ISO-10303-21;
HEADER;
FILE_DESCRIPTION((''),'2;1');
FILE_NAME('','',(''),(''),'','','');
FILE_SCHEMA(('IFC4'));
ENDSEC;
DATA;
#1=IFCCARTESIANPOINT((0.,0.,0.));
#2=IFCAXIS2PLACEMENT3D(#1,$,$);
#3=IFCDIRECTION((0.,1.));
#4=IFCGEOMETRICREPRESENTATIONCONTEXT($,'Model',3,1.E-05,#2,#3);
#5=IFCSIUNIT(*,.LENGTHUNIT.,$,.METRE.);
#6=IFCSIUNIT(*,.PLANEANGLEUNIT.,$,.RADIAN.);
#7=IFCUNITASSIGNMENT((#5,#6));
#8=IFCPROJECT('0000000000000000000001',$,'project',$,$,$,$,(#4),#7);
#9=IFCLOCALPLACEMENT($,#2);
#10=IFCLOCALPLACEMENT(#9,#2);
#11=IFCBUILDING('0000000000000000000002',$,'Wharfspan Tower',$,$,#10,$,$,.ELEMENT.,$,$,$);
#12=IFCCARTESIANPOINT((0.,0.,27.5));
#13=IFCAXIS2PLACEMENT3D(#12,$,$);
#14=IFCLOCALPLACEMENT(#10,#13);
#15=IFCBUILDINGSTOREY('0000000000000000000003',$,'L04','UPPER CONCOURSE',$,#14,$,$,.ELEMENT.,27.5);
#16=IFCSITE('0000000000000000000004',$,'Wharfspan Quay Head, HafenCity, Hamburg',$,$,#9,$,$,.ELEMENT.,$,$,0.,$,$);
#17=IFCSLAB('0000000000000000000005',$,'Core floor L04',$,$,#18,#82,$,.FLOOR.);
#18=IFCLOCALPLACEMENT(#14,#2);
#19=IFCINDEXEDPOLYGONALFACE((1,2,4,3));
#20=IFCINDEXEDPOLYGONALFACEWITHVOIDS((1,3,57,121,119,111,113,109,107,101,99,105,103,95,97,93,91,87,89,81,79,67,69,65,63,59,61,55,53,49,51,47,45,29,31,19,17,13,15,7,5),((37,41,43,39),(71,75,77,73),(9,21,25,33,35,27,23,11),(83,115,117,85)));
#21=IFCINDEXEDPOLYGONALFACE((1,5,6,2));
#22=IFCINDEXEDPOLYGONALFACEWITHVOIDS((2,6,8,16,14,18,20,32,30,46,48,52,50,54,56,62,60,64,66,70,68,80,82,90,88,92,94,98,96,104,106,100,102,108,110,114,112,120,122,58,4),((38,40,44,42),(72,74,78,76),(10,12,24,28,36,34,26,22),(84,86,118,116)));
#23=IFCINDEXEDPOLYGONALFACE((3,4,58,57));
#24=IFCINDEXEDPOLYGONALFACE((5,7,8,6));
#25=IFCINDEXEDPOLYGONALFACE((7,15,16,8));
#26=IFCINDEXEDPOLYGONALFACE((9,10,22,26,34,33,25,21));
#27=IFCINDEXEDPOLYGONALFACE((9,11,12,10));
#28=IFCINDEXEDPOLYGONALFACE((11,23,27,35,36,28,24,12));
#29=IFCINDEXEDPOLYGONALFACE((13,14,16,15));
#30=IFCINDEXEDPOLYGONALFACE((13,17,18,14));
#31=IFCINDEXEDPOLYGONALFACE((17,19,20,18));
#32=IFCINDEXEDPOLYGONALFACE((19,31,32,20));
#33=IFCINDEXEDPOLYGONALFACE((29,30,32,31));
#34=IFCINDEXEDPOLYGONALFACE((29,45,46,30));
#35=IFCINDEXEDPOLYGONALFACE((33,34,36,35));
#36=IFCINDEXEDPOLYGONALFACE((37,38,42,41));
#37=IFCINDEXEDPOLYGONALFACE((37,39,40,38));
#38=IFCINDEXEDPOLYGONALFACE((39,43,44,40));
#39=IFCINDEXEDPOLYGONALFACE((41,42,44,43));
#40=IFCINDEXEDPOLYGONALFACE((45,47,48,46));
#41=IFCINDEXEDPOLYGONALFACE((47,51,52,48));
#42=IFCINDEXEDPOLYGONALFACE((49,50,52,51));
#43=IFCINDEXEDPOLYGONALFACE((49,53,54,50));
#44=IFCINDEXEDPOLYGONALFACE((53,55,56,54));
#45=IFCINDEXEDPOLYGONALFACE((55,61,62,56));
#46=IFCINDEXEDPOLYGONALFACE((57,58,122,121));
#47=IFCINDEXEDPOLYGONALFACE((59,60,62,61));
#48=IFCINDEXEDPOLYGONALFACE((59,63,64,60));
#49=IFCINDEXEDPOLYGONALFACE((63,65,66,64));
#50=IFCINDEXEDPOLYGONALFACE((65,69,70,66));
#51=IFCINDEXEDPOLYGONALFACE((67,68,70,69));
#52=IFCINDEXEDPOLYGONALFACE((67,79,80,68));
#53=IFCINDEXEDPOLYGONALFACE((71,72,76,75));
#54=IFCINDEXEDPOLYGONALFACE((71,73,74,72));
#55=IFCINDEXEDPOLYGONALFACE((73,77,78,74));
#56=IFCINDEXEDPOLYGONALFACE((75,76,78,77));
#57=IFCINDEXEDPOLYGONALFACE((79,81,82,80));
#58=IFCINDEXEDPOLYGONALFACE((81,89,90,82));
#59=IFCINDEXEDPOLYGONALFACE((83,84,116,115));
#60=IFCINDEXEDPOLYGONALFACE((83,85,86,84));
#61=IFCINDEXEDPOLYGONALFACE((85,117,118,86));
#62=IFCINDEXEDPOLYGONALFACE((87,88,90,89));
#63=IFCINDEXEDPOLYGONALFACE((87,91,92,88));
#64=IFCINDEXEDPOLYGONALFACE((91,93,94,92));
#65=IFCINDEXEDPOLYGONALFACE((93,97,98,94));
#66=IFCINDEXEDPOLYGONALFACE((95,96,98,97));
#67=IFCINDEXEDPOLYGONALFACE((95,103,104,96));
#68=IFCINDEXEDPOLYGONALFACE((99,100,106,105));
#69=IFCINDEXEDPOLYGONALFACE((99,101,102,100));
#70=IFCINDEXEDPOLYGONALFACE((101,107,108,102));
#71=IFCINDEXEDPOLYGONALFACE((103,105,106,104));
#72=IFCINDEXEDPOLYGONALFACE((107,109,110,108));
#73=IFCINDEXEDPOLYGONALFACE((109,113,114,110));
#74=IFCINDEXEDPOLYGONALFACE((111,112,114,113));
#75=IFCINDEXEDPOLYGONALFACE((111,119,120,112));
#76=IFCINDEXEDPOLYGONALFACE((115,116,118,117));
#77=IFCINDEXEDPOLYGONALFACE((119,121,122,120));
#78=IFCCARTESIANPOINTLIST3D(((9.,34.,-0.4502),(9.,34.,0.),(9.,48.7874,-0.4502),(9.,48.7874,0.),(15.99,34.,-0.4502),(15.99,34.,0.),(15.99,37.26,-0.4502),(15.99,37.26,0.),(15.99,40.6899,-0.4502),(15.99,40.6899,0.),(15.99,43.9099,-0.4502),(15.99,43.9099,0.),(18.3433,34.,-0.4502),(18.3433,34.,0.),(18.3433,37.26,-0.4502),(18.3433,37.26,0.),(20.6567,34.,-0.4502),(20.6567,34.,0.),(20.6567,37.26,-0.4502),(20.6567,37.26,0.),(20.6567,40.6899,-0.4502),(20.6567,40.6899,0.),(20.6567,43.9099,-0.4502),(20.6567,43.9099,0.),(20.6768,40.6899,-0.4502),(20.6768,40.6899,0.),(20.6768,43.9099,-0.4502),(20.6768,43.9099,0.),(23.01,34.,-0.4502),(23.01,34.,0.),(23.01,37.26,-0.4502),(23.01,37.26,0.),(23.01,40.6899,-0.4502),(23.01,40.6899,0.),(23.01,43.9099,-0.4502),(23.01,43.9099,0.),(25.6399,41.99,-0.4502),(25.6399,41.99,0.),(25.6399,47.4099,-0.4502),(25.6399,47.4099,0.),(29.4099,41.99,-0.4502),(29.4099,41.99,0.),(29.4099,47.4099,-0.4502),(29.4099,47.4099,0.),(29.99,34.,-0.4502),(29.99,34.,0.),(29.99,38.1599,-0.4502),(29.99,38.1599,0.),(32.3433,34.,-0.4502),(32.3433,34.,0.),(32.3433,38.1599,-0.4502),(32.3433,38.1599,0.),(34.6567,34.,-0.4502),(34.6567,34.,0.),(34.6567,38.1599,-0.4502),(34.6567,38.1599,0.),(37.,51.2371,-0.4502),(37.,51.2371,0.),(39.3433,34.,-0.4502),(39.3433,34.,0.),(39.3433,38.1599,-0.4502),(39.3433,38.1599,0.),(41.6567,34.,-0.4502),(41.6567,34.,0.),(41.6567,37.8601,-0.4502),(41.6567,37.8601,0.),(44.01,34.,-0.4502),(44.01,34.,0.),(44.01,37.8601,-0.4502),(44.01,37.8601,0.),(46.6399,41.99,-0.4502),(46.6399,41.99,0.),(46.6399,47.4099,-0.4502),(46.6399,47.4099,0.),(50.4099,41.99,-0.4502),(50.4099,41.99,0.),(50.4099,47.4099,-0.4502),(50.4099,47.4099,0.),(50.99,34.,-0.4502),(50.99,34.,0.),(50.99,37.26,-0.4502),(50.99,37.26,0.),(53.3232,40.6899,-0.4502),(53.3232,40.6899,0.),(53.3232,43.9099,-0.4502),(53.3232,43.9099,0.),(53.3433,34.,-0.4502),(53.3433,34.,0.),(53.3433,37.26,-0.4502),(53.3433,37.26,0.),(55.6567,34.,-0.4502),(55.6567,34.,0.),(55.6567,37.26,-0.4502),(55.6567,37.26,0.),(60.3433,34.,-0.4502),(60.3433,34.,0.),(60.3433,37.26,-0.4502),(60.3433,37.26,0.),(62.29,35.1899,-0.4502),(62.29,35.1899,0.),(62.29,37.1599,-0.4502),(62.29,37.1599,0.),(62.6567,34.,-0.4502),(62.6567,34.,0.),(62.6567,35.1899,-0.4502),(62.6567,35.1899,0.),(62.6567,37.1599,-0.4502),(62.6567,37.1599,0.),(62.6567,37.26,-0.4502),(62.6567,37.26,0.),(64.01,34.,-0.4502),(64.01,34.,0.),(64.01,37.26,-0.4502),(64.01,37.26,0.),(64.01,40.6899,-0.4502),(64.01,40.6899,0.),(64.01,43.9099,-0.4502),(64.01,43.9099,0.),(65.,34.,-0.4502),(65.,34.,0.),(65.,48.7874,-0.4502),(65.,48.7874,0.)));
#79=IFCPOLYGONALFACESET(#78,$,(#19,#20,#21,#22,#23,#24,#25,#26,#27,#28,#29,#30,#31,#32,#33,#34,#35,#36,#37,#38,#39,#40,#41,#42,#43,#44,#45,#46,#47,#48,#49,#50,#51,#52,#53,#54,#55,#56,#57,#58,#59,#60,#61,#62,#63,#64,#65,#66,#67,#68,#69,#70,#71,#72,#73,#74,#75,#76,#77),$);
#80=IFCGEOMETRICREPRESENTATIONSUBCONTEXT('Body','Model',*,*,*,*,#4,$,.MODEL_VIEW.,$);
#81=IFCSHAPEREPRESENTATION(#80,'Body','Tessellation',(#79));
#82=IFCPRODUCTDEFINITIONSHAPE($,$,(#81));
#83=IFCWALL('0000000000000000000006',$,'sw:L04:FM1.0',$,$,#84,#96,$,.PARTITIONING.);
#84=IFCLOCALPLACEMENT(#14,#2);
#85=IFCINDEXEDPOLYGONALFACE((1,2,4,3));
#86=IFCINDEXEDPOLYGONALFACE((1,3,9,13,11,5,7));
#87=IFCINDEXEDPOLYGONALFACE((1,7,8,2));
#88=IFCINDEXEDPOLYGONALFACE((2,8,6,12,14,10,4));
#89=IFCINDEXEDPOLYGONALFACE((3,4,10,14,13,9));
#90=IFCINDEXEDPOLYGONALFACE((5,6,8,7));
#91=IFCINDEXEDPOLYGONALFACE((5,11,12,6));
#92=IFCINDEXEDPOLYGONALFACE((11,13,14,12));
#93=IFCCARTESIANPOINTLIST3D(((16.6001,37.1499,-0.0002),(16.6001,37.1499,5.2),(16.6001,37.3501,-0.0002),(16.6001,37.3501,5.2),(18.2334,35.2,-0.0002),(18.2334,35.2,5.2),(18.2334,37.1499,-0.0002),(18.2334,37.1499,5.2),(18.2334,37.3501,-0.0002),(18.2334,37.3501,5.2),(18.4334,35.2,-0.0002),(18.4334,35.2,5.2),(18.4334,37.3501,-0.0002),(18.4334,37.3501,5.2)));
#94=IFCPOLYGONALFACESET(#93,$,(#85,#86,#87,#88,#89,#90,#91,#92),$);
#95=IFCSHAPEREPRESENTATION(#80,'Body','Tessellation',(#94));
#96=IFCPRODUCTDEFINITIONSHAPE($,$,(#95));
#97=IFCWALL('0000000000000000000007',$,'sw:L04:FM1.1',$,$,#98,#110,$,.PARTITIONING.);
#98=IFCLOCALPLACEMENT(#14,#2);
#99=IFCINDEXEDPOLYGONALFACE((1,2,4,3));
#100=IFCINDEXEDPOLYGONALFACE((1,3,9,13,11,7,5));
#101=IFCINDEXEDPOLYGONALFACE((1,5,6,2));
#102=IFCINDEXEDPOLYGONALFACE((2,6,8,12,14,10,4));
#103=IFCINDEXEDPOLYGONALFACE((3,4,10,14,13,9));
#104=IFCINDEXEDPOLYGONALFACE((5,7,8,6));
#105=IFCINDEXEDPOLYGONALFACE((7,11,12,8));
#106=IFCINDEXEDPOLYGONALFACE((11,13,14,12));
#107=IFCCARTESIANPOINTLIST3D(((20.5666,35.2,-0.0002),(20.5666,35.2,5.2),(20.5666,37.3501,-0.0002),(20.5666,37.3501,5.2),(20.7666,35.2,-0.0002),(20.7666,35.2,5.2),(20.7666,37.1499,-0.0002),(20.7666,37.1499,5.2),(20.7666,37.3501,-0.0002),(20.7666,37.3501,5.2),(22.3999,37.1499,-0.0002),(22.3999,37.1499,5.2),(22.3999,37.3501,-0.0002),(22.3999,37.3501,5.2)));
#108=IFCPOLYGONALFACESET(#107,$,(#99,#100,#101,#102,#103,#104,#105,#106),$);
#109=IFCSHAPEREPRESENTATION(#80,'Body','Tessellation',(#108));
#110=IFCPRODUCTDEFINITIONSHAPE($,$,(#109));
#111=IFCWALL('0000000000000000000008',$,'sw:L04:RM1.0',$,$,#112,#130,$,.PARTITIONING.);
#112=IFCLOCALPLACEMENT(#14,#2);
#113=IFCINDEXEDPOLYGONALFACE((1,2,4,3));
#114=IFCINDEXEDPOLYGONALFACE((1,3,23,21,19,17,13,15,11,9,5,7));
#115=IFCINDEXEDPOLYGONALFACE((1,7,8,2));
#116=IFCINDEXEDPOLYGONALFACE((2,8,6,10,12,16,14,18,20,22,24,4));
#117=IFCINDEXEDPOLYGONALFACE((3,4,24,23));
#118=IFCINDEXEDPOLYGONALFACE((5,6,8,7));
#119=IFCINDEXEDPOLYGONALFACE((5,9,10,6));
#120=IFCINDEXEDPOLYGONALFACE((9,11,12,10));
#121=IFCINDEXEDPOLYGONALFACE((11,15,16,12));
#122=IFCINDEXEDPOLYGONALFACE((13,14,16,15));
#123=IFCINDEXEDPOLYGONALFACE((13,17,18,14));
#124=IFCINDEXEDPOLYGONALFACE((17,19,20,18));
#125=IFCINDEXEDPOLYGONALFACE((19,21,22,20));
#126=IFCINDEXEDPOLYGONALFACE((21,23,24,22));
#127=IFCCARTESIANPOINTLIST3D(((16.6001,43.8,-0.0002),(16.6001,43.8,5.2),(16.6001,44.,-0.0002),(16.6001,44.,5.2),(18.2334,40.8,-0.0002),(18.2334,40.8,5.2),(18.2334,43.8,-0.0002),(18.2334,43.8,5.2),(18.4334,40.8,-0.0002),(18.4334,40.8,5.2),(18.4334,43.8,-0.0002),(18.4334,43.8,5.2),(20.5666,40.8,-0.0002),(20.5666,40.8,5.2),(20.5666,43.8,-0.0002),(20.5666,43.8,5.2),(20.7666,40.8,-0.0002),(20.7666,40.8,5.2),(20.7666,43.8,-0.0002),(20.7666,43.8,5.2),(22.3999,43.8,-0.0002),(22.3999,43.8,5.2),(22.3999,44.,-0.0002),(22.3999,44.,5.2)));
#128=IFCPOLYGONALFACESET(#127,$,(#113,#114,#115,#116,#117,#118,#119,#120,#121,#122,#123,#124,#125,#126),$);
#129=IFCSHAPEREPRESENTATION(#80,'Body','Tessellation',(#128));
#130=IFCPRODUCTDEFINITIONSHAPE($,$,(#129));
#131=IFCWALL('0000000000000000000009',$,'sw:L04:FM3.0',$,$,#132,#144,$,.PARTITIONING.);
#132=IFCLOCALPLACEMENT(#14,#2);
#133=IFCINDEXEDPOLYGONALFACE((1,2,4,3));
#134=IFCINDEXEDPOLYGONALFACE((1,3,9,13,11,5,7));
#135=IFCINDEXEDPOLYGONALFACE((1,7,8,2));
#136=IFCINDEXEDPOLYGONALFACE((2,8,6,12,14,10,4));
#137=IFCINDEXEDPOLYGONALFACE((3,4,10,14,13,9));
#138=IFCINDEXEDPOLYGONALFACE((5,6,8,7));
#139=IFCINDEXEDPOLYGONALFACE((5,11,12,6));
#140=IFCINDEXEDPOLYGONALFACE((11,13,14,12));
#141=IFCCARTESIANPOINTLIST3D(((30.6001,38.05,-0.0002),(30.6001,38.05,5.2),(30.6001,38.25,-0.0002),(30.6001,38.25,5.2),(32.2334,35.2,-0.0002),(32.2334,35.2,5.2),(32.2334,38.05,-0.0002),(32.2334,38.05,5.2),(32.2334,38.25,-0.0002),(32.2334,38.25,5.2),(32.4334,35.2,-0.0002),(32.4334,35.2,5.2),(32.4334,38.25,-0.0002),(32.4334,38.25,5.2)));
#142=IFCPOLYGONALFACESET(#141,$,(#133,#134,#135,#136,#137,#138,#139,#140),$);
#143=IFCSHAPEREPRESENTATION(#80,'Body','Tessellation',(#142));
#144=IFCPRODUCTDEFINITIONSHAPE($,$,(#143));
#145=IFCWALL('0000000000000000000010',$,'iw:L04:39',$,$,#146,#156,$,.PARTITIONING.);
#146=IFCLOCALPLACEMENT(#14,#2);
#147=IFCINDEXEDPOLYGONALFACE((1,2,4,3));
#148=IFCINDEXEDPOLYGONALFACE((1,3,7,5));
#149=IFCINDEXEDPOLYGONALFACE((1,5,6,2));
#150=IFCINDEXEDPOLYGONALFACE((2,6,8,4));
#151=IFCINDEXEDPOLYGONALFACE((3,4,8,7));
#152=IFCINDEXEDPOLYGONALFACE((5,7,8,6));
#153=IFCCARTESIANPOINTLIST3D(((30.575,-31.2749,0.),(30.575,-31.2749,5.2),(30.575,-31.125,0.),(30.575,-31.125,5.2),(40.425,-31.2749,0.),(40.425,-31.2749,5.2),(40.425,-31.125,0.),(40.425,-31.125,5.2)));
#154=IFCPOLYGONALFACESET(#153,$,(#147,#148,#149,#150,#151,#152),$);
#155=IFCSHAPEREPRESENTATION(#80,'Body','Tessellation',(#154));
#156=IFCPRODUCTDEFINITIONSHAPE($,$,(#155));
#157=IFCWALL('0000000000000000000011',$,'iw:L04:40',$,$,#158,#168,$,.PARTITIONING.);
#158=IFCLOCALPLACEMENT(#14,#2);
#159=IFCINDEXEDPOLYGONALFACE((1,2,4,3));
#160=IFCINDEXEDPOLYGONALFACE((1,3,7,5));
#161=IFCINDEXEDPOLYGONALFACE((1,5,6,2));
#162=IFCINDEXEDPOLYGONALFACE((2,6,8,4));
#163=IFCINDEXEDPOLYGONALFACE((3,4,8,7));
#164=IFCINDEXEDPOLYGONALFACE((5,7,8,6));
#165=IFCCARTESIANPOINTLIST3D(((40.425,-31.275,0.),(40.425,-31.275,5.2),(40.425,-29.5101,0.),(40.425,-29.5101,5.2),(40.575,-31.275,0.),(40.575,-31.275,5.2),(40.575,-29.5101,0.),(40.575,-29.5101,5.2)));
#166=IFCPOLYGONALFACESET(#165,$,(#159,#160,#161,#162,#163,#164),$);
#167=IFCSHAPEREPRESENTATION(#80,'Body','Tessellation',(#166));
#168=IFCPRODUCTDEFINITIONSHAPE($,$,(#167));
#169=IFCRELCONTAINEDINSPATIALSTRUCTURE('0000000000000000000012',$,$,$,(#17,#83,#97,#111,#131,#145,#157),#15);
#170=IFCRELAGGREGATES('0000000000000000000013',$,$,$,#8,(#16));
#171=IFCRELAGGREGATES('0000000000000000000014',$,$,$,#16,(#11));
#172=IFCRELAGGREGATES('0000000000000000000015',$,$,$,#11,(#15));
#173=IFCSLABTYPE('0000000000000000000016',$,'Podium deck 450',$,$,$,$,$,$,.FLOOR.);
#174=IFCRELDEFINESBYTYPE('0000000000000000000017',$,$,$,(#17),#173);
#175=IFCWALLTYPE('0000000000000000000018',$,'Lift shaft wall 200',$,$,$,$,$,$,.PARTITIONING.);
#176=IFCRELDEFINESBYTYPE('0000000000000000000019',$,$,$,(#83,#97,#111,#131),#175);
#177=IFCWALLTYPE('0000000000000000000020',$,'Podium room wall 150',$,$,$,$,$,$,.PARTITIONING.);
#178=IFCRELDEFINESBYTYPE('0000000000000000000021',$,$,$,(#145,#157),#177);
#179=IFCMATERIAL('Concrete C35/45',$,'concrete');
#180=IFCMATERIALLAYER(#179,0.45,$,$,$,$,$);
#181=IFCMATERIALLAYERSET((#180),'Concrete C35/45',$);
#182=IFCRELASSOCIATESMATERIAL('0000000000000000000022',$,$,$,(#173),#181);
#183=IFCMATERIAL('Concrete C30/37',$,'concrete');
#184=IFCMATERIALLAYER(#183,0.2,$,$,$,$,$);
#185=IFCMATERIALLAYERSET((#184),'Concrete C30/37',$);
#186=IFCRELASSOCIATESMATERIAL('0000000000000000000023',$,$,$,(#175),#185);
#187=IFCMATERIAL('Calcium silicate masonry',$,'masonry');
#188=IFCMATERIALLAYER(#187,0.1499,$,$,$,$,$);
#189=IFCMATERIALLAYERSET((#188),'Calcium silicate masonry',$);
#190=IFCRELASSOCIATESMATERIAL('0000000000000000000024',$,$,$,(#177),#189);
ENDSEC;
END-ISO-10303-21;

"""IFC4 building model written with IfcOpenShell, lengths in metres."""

from ifc_helpers import new_model, si_unit, direction, frame, frame_2d, origin, place, context, subcontext, project, spatial, polyline, rectangle, outline, extrude, material, layer, layer_set, type_object, element, save


model = new_model("IFC4")

# Units and contexts
model_context = context("Model", 3, precision=1e-05, world=origin(), true_north=direction((0.0, 1.0)))
body_context = subcontext(model_context, "Body", "Model", "MODEL_VIEW")
ifc_project = project(units=[si_unit("LENGTHUNIT", "METRE"), si_unit("PLANEANGLEUNIT", "RADIAN")], contexts=[model_context])

# Site, building, storey
site_placement = place(None, origin())
site = spatial("IfcSite", under=ifc_project, at=site_placement, Name="Wharfspan Quay Head, HafenCity, Hamburg", CompositionType="ELEMENT", RefElevation=0.0)
building_placement = place(site_placement, origin())
building = spatial("IfcBuilding", under=site, at=building_placement, Name="Wharfspan Tower", CompositionType="ELEMENT")
storey_placement = place(building_placement, frame((0.0, 0.0, 27.5)))
storey = spatial("IfcBuildingStorey", under=building, at=storey_placement, Name="L04", Description="UPPER CONCOURSE", CompositionType="ELEMENT", Elevation=27.5)

# Slab
ifc_material_1 = material(Name="Concrete C35/45", Category="concrete")
ifc_layer_1 = layer(ifc_material_1, 0.45)
ifc_layer_set_1 = layer_set([ifc_layer_1], Name="Concrete C35/45")
slab_type = type_object("IfcSlabType", Name="Podium deck 450", PredefinedType="FLOOR", material=ifc_layer_set_1)
slab_1_placement = place(storey_placement, frame((0.0, 0.0, -0.4502)))
element("IfcSlab", 1, at=slab_1_placement, inside=storey, type_object=slab_type, Name="Core floor L04", PredefinedType="FLOOR", context=body_context, shape_type="SweptSolid", body=[
    extrude(outline(polyline([(65.0, 48.7874), (65.0, 34.0), (64.01, 34.0), (64.01, 37.26), (62.6567, 37.26), (62.6567, 37.1599), (62.29, 37.1599), (62.29, 35.1899), (62.6567, 35.1899), (62.6567, 34.0), (60.3433, 34.0), (60.3433, 37.26), (55.6567, 37.26), (55.6567, 34.0), (53.3433, 34.0), (53.3433, 37.26), (50.99, 37.26), (50.99, 34.0), (44.01, 34.0), (44.01, 37.8601), (41.6567, 37.8601), (41.6567, 34.0), (39.3433, 34.0), (39.3433, 38.1599), (34.6567, 38.1599), (34.6567, 34.0), (32.3433, 34.0), (32.3433, 38.1599), (29.99, 38.1599), (29.99, 34.0), (23.01, 34.0), (23.01, 37.26), (20.6567, 37.26), (20.6567, 34.0), (18.3433, 34.0), (18.3433, 37.26), (15.99, 37.26), (15.99, 34.0), (9.0, 34.0), (9.0, 48.7874), (37.0, 51.2371), (65.0, 48.7874)]), holes=[polyline([(53.3232, 43.9099), (53.3232, 40.6899), (64.01, 40.6899), (64.01, 43.9099), (53.3232, 43.9099)]), polyline([(50.4099, 41.99), (50.4099, 47.4099), (46.6399, 47.4099), (46.6399, 41.99), (50.4099, 41.99)]), polyline([(29.4099, 41.99), (29.4099, 47.4099), (25.6399, 47.4099), (25.6399, 41.99), (29.4099, 41.99)]), polyline([(20.6768, 40.6899), (23.01, 40.6899), (23.01, 43.9099), (20.6768, 43.9099), (20.6567, 43.9099), (15.99, 43.9099), (15.99, 40.6899), (20.6567, 40.6899), (20.6768, 40.6899)])]), origin(), (0.0, 0.0, 1.0), 0.4502),
])

# Walls
ifc_material_2 = material(Name="Concrete C30/37", Category="concrete")
ifc_layer_2 = layer(ifc_material_2, 0.2)
ifc_layer_set_2 = layer_set([ifc_layer_2], Name="Concrete C30/37")
wall_type_1 = type_object("IfcWallType", Name="Lift shaft wall 200", PredefinedType="PARTITIONING", material=ifc_layer_set_2)
wall_1_placement = place(storey_placement, frame((0.0, 0.0, -0.0002)))
element("IfcWall", 2, at=wall_1_placement, inside=storey, type_object=wall_type_1, Name="sw:L04:FM1.0", PredefinedType="PARTITIONING", context=body_context, shape_type="SweptSolid", body=[
    extrude(outline(polyline([(18.2334, 37.1499), (16.6001, 37.1499), (16.6001, 37.3501), (18.2334, 37.3501), (18.4334, 37.3501), (18.4334, 35.2), (18.2334, 35.2), (18.2334, 37.1499)])), origin(), (0.0, 0.0, 1.0), 5.2002),
])
wall_2_placement = place(storey_placement, frame((0.0, 0.0, -0.0002)))
element("IfcWall", 3, at=wall_2_placement, inside=storey, type_object=wall_type_1, Name="sw:L04:FM1.1", PredefinedType="PARTITIONING", context=body_context, shape_type="SweptSolid", body=[
    extrude(outline(polyline([(20.5666, 37.3501), (20.7666, 37.3501), (22.3999, 37.3501), (22.3999, 37.1499), (20.7666, 37.1499), (20.7666, 35.2), (20.5666, 35.2), (20.5666, 37.3501)])), origin(), (0.0, 0.0, 1.0), 5.2002),
])
wall_3_placement = place(storey_placement, frame((0.0, 0.0, -0.0002)))
element("IfcWall", 4, at=wall_3_placement, inside=storey, type_object=wall_type_1, Name="sw:L04:RM1.0", PredefinedType="PARTITIONING", context=body_context, shape_type="SweptSolid", body=[
    extrude(outline(polyline([(18.4334, 40.8), (18.2334, 40.8), (18.2334, 43.8), (16.6001, 43.8), (16.6001, 44.0), (22.3999, 44.0), (22.3999, 43.8), (20.7666, 43.8), (20.7666, 40.8), (20.5666, 40.8), (20.5666, 43.8), (18.4334, 43.8), (18.4334, 40.8)])), origin(), (0.0, 0.0, 1.0), 5.2002),
])
wall_4_placement = place(storey_placement, frame((0.0, 0.0, -0.0002)))
element("IfcWall", 5, at=wall_4_placement, inside=storey, type_object=wall_type_1, Name="sw:L04:FM3.0", PredefinedType="PARTITIONING", context=body_context, shape_type="SweptSolid", body=[
    extrude(outline(polyline([(32.2334, 38.05), (30.6001, 38.05), (30.6001, 38.25), (32.2334, 38.25), (32.4333, 38.25), (32.4333, 35.2), (32.2334, 35.2), (32.2334, 38.05)])), origin(), (0.0, 0.0, 1.0), 5.2002),
])
ifc_material_3 = material(Name="Calcium silicate masonry", Category="masonry")
ifc_layer_3 = layer(ifc_material_3, 0.1499)
ifc_layer_set_3 = layer_set([ifc_layer_3], Name="Calcium silicate masonry")
wall_type_2 = type_object("IfcWallType", Name="Podium room wall 150", PredefinedType="PARTITIONING", material=ifc_layer_set_3)
wall_5_placement = place(storey_placement, frame((30.575, -31.2, 0.0), z_axis=(0.0, 0.0, 1.0), x_axis=(1.0, 0.0, 0.0)))
element("IfcWall", 6, at=wall_5_placement, inside=storey, type_object=wall_type_2, Name="iw:L04:39", PredefinedType="PARTITIONING", context=body_context, shape_type="SweptSolid", body=[
    extrude(rectangle(XDim=9.8501, YDim=0.1499, at=frame_2d((4.925, 0.0))), origin(), (0.0, 0.0, 1.0), 5.2),
])
wall_6_placement = place(storey_placement, frame((40.5, -31.2749, 0.0), z_axis=(0.0, 0.0, 1.0), x_axis=(0.0, 1.0, 0.0)))
element("IfcWall", 7, at=wall_6_placement, inside=storey, type_object=wall_type_2, Name="iw:L04:40", PredefinedType="PARTITIONING", context=body_context, shape_type="SweptSolid", body=[
    extrude(rectangle(XDim=1.7649, YDim=0.1499, at=frame_2d((0.8823, 0.0))), origin(), (0.0, 0.0, 1.0), 5.2),
])

save(model, "model.ifc")
